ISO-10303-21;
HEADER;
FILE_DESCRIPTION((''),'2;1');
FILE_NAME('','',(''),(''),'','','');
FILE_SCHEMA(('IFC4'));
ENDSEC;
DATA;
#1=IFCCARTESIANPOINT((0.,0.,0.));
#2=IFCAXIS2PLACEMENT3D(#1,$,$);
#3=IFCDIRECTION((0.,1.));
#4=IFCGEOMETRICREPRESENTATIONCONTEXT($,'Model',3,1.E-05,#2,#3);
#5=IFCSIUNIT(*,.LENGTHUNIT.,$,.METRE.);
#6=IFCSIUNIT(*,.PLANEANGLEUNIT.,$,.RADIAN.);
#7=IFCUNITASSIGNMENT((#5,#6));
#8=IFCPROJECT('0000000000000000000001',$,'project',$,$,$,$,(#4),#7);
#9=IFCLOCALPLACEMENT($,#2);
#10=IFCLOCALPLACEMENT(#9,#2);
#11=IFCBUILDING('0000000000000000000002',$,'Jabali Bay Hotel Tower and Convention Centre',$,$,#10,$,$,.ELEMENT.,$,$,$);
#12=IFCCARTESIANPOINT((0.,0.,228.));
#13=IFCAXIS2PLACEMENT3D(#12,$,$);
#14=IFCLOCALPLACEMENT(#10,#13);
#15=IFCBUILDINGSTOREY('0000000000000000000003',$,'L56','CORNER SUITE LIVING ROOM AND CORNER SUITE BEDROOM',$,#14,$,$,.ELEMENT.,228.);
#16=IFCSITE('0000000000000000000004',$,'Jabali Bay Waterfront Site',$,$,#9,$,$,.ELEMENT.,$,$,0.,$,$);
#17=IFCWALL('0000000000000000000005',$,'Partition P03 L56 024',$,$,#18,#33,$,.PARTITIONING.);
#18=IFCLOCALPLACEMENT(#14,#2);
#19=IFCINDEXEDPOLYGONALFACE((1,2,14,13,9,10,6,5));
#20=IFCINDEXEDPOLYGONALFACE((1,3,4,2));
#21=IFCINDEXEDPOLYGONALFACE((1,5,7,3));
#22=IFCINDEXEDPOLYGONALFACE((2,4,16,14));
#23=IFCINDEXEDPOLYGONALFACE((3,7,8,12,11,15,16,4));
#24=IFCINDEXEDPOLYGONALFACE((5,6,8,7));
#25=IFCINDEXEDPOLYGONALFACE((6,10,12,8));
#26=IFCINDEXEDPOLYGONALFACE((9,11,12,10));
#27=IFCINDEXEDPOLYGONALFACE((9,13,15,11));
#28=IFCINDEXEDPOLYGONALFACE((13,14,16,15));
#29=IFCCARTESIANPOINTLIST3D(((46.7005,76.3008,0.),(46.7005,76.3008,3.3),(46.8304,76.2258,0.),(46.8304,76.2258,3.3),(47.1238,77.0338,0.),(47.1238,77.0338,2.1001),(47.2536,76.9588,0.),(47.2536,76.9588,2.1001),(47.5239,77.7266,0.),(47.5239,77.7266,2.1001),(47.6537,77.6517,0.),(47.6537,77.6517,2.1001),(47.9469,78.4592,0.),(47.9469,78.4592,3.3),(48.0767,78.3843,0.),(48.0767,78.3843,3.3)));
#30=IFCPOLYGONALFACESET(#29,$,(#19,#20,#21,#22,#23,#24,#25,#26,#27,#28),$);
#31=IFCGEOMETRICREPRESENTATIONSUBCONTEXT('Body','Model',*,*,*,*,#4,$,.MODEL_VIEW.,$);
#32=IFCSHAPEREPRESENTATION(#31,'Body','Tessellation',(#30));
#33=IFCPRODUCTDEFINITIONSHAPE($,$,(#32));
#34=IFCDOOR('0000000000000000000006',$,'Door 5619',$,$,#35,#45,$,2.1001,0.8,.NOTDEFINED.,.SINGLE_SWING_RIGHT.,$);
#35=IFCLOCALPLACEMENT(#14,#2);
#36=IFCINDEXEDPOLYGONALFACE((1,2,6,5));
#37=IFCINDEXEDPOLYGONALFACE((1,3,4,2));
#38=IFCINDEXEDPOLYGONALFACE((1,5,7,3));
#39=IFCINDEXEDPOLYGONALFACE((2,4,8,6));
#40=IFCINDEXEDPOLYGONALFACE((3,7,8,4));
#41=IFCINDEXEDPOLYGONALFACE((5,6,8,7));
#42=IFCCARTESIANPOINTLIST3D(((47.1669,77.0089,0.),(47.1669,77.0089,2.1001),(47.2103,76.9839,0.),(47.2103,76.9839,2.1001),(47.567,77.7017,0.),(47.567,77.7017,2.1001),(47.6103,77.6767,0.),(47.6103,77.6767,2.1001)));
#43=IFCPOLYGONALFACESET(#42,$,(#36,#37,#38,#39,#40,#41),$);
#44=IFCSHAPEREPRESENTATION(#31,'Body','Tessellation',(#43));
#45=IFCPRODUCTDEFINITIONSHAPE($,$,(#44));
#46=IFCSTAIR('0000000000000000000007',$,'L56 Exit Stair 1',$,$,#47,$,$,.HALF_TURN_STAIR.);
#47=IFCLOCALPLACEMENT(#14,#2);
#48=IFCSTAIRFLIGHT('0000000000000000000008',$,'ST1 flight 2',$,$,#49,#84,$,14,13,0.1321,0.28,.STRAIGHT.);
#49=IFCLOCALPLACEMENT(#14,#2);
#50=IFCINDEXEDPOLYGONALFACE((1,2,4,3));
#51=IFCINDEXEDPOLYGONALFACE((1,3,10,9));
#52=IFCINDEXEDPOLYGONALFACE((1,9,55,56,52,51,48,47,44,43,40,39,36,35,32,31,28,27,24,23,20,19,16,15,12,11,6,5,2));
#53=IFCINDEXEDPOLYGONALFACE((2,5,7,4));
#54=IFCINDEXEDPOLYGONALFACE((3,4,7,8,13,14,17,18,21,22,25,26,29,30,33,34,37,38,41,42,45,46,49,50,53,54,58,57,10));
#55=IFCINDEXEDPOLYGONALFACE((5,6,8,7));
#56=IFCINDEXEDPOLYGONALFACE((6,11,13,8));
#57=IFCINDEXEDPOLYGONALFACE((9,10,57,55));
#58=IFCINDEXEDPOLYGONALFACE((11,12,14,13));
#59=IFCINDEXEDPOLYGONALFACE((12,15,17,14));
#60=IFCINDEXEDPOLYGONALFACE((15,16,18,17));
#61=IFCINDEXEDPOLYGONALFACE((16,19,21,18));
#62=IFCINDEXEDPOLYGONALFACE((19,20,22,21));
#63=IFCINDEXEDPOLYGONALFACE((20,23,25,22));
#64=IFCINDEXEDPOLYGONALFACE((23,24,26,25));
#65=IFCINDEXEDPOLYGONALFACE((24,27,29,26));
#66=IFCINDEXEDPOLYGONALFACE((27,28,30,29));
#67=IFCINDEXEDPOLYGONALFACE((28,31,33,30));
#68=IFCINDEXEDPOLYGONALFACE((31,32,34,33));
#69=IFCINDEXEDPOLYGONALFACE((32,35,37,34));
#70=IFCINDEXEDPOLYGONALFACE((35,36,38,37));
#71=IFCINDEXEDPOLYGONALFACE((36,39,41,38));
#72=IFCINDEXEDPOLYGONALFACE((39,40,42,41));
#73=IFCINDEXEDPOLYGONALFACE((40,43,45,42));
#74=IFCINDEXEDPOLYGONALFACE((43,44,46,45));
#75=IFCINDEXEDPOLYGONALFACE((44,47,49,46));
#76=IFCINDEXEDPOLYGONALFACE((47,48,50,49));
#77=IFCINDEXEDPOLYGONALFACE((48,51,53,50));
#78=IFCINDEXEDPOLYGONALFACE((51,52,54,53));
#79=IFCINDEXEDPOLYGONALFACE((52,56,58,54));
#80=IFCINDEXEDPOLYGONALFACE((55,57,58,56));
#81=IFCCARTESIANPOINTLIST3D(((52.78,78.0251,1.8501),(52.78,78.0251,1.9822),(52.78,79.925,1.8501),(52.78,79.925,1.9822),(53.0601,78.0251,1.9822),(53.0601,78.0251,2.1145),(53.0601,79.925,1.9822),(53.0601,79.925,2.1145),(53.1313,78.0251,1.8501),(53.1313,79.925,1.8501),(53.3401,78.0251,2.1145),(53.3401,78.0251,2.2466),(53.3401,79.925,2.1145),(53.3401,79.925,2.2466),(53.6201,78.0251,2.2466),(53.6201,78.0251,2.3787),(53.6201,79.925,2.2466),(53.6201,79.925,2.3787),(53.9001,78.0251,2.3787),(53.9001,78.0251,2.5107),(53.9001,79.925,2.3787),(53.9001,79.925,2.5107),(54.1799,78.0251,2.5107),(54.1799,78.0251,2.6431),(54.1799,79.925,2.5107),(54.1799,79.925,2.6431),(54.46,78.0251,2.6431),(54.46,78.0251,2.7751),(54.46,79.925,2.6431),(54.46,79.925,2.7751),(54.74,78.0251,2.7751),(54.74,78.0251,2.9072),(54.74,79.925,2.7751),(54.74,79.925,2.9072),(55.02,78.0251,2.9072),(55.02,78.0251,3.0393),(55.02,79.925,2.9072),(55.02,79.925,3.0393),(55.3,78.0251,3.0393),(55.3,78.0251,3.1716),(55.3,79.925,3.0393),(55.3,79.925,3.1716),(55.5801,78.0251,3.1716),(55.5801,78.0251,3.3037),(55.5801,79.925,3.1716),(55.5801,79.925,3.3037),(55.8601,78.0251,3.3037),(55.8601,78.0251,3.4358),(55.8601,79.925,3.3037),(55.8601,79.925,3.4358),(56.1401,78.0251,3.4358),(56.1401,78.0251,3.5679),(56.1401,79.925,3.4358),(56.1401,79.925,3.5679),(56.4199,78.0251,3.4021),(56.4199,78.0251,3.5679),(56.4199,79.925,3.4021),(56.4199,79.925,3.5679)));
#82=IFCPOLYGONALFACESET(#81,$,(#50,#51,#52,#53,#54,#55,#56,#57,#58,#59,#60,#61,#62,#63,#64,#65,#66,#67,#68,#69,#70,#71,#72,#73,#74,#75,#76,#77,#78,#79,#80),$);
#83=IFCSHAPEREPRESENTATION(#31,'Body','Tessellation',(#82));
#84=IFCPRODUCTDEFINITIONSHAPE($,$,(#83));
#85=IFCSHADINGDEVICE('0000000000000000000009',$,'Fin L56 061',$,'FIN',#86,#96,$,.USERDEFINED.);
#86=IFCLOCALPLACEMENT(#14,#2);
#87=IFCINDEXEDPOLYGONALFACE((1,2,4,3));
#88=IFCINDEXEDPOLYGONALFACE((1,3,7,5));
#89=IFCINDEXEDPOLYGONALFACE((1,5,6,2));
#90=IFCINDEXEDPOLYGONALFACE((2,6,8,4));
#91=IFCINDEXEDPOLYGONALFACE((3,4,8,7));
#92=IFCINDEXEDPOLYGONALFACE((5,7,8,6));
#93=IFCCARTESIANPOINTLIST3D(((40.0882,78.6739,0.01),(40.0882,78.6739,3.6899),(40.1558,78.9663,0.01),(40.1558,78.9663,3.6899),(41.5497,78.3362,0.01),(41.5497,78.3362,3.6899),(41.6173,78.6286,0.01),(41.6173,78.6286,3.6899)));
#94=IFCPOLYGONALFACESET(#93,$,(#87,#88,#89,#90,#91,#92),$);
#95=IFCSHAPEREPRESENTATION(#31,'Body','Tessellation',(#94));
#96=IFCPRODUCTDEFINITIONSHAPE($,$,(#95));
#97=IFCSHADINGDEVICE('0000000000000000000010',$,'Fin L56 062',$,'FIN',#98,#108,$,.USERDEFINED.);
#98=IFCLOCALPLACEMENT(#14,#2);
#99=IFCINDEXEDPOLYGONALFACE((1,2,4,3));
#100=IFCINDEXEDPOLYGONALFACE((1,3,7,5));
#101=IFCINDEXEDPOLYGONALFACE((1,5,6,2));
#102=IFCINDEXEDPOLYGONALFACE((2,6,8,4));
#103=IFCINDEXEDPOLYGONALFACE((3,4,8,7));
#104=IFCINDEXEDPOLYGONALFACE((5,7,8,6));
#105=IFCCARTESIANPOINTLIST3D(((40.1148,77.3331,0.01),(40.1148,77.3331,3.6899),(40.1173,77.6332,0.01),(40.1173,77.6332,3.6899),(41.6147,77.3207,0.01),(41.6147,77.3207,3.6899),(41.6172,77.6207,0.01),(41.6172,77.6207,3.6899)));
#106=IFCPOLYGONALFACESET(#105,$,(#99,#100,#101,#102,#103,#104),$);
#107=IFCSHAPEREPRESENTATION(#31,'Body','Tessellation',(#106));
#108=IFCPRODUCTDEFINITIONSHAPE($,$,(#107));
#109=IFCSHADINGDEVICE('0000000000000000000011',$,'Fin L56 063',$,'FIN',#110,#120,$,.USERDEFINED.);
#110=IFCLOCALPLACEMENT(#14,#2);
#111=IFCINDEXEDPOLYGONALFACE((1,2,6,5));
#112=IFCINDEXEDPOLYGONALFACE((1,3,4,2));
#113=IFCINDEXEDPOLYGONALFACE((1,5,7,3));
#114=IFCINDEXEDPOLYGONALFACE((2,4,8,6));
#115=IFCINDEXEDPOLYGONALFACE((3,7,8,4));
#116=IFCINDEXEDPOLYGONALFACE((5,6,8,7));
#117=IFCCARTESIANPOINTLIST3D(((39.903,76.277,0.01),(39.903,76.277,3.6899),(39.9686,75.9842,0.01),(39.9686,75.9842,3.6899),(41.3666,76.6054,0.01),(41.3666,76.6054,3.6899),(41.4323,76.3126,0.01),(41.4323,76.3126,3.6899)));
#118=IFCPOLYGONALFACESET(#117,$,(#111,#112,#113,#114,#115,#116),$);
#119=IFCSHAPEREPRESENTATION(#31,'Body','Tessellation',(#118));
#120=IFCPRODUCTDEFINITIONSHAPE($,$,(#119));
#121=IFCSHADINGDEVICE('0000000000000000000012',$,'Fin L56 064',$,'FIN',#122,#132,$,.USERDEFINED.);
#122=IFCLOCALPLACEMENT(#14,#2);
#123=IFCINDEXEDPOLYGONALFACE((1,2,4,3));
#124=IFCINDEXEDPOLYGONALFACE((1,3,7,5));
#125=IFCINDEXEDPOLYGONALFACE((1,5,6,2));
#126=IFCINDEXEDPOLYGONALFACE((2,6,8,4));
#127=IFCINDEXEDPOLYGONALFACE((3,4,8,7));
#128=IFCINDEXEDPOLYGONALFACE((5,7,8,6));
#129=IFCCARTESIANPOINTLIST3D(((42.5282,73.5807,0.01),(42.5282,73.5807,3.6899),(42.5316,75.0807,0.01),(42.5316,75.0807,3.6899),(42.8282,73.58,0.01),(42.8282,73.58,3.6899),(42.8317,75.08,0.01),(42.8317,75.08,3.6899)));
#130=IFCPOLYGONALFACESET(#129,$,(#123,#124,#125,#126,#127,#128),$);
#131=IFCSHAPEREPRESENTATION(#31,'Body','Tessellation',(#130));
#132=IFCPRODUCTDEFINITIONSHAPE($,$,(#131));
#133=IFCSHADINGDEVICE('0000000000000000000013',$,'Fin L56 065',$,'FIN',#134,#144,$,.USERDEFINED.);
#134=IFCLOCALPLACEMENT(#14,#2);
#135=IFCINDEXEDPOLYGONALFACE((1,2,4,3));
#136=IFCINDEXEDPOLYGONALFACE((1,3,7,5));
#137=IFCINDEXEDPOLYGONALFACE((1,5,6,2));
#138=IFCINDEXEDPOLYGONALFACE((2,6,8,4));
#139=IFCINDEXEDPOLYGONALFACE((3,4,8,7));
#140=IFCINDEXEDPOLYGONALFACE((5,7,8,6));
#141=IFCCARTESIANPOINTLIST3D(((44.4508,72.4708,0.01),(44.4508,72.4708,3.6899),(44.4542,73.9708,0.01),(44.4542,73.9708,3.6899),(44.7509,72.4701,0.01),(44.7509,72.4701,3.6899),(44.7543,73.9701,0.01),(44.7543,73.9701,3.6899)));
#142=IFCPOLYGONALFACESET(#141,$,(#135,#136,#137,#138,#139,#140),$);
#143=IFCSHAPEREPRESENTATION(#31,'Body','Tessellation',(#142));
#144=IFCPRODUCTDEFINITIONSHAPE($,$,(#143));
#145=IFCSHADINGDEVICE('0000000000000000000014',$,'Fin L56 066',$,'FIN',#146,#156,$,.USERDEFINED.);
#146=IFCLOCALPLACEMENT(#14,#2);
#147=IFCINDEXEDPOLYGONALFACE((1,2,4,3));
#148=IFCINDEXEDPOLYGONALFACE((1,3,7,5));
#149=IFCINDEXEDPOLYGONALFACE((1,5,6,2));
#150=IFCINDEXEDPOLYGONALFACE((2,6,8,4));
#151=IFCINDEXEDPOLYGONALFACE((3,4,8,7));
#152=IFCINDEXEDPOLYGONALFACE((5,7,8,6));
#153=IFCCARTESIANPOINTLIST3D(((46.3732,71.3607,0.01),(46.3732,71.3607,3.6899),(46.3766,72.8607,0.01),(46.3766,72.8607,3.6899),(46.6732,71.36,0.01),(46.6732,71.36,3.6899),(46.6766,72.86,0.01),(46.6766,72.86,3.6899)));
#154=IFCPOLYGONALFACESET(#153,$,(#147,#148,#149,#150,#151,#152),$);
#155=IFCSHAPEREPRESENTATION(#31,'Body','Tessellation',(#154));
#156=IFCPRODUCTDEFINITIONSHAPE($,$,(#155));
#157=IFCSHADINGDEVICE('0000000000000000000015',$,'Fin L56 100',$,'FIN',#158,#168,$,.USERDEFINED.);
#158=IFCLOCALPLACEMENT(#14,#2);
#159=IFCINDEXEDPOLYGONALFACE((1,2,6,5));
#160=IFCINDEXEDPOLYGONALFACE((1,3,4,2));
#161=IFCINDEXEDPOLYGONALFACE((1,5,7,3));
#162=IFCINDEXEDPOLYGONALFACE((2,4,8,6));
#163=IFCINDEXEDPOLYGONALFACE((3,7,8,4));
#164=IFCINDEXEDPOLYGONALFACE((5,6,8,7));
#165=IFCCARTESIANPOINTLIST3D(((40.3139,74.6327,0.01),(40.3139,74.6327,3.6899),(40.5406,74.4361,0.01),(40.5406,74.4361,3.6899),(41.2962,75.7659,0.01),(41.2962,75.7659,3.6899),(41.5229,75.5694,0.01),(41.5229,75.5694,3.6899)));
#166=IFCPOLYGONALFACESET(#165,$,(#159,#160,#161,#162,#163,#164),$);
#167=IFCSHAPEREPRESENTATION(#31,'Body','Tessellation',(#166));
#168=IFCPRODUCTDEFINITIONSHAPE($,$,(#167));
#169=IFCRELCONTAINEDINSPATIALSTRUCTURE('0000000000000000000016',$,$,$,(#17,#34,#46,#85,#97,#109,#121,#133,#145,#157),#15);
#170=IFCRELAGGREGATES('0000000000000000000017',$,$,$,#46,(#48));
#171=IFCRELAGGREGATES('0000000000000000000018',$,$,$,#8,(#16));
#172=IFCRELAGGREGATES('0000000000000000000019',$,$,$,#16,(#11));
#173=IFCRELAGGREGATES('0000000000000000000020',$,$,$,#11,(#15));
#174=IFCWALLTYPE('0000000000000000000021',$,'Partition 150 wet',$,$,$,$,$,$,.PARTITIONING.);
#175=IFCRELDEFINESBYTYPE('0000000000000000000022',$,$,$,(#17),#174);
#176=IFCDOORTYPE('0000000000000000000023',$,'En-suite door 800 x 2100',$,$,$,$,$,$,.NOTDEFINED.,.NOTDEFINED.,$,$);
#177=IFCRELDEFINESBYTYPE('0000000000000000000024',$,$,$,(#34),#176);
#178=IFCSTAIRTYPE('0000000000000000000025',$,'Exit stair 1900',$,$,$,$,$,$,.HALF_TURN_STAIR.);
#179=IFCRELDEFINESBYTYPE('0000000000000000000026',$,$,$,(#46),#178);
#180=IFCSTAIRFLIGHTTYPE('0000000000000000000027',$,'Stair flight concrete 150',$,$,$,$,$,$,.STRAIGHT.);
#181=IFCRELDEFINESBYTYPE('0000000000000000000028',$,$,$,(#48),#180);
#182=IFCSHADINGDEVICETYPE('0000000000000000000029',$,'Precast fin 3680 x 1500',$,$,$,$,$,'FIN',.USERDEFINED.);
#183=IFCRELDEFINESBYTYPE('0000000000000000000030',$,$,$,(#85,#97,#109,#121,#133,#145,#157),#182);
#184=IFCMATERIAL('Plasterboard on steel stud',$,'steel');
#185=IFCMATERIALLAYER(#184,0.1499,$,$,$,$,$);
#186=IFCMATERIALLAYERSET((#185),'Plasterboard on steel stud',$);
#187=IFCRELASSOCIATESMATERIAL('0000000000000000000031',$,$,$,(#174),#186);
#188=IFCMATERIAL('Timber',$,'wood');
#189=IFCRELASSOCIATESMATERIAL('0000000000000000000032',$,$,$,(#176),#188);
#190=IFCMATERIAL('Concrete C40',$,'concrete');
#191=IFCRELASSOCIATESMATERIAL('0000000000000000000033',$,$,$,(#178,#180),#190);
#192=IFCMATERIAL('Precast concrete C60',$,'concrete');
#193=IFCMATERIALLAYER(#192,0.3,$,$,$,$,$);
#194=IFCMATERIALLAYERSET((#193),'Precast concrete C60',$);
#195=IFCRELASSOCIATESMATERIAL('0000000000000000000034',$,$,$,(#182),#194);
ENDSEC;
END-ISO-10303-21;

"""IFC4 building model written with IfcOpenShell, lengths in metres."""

from ifc_helpers import new_model, si_unit, direction, frame, frame_2d, origin, place, context, subcontext, project, spatial, polyline, rectangle, outline, extrude, material, layer, layer_set, type_object, element, fill, aggregate, save


model = new_model("IFC4")

# Units and contexts
model_context = context("Model", 3, precision=1e-05, world=origin(), true_north=direction((0.0, 1.0)))
body_context = subcontext(model_context, "Body", "Model", "MODEL_VIEW")
ifc_project = project(units=[si_unit("LENGTHUNIT", "METRE"), si_unit("PLANEANGLEUNIT", "RADIAN")], contexts=[model_context])

# Site, building, storey
site_placement = place(None, origin())
site = spatial("IfcSite", under=ifc_project, at=site_placement, Name="Jabali Bay Waterfront Site", CompositionType="ELEMENT", RefElevation=0.0)
building_placement = place(site_placement, origin())
building = spatial("IfcBuilding", under=site, at=building_placement, Name="Jabali Bay Hotel Tower and Convention Centre", CompositionType="ELEMENT")
storey_placement = place(building_placement, frame((0.0, 0.0, 228.0)))
storey = spatial("IfcBuildingStorey", under=building, at=storey_placement, Name="L56", Description="CORNER SUITE LIVING ROOM AND CORNER SUITE BEDROOM", CompositionType="ELEMENT", Elevation=228.0)

# Shared definitions
ifc_material_1 = material(Name="Concrete C40", Category="concrete")

# Wall, opening, door
ifc_material_2 = material(Name="Plasterboard on steel stud", Category="steel")
ifc_layer_1 = layer(ifc_material_2, 0.1499)
ifc_layer_set_1 = layer_set([ifc_layer_1], Name="Plasterboard on steel stud")
wall_type_1 = type_object("IfcWallType", Name="Partition 150 wet", PredefinedType="PARTITIONING", material=ifc_layer_set_1)
wall_1_placement = place(storey_placement, frame((48.0117, 78.4216, 0.0), z_axis=(0.0, 0.0, 1.0), x_axis=(-0.500047, -0.865998, 0.0)))
wall_1 = element("IfcWall", 1, at=wall_1_placement, inside=storey, type_object=wall_type_1, Name="Partition P03 L56 024", PredefinedType="PARTITIONING", context=body_context, shape_type="SweptSolid", body=[
    extrude(rectangle(XDim=2.4924, YDim=0.1499, at=frame_2d((1.2461, 0.0))), origin(), (0.0, 0.0, 1.0), 3.3),
])
opening_1_placement = place(wall_1_placement, frame((0.8459, 0.0, 0.0)))
opening_1 = element("IfcOpeningElement", 2, at=opening_1_placement, cuts=wall_1, PredefinedType="OPENING", context=body_context, shape_type="SweptSolid", body=[
    extrude(rectangle(XDim=0.8, YDim=2.1001, at=frame_2d((0.3999, 1.05))), frame((0.0, 0.0854, 0.0), z_axis=(0.0, -1.0, 0.0), x_axis=(1.0, 0.0, 0.0)), (0.0, 0.0, 1.0), 0.1709),
])
ifc_material_3 = material(Name="Timber", Category="wood")
door_type_1 = type_object("IfcDoorType", Name="En-suite door 800 x 2100", OperationType="NOTDEFINED", PredefinedType="NOTDEFINED", material=ifc_material_3)
door_1_placement = place(opening_1_placement, origin())
door_1 = element("IfcDoor", 3, at=door_1_placement, inside=storey, type_object=door_type_1, Name="Door 5619", OperationType="SINGLE_SWING_RIGHT", OverallHeight=2.1001, OverallWidth=0.8, PredefinedType="NOTDEFINED", context=body_context, shape_type="SweptSolid", body=[
    extrude(rectangle(XDim=0.8, YDim=2.1001, at=frame_2d((0.3999, 1.05))), frame((0.0, 0.0249, 0.0), z_axis=(0.0, -1.0, 0.0), x_axis=(1.0, 0.0, 0.0)), (0.0, 0.0, 1.0), 0.05),
])
fill(opening_1, door_1)

# Stair, stair flight
stair_type = type_object("IfcStairType", Name="Exit stair 1900", PredefinedType="HALF_TURN_STAIR", material=ifc_material_1)
stair_placement = place(storey_placement, origin())
stair = element("IfcStair", 4, at=stair_placement, inside=storey, type_object=stair_type, Name="L56 Exit Stair 1", PredefinedType="HALF_TURN_STAIR")
stair_flight_type = type_object("IfcStairFlightType", Name="Stair flight concrete 150", PredefinedType="STRAIGHT", material=ifc_material_1)
stair_flight_placement = place(storey_placement, frame((52.78, 78.9751, 1.8501), z_axis=(0.0, 0.0, 1.0), x_axis=(1.0, 0.0, 0.0)))
stair_flight = element("IfcStairFlight", 5, at=stair_flight_placement, type_object=stair_flight_type, Name="ST1 flight 2", NumberOfRisers=14, NumberOfTreads=13, PredefinedType="STRAIGHT", RiserHeight=0.1321, TreadLength=0.28, context=body_context, shape_type="SweptSolid", body=[
    extrude(outline(polyline([(0.0, 0.0), (0.0, 0.1321), (0.28, 0.1321), (0.28, 0.2644), (0.5601, 0.2644), (0.5601, 0.3965), (0.8401, 0.3965), (0.8401, 0.5286), (1.1201, 0.5286), (1.1201, 0.6606), (1.3999, 0.6606), (1.3999, 0.793), (1.6799, 0.793), (1.6799, 0.925), (1.96, 0.925), (1.96, 1.0571), (2.24, 1.0571), (2.24, 1.1892), (2.52, 1.1892), (2.52, 1.3215), (2.8, 1.3215), (2.8, 1.4536), (3.0801, 1.4536), (3.0801, 1.5857), (3.3601, 1.5857), (3.3601, 1.7178), (3.6399, 1.7178), (3.6399, 1.8501), (3.6399, 1.552), (0.3513, 0.0), (0.0, 0.0)])), frame((0.0, 0.95, 0.0), z_axis=(0.0, -1.0, 0.0), x_axis=(1.0, 0.0, 0.0)), (0.0, 0.0, 1.0), 1.8999),
])
aggregate(stair, [stair_flight])

# Shading devices
ifc_material_4 = material(Name="Precast concrete C60", Category="concrete")
ifc_layer_2 = layer(ifc_material_4, 0.3)
ifc_layer_set_2 = layer_set([ifc_layer_2], Name="Precast concrete C60")
shading_device_type = type_object("IfcShadingDeviceType", Name="Precast fin 3680 x 1500", ElementType="FIN", PredefinedType="USERDEFINED", material=ifc_layer_set_2)
for number, where, z_axis, x_axis, name in (
    (6, (41.5835, 78.4824, 0.01), (0.0, 0.0, 1.0), (-0.974334, 0.225109, 0.0), "Fin L56 061"),
    (7, (41.616, 77.4707, 0.01), (0.0, 0.0, 1.0), (-0.999966, 0.0083, 0.0), "Fin L56 062"),
    (8, (41.3994, 76.459, 0.01), (0.0, 0.0, 1.0), (-0.975745, -0.218912, 0.0), "Fin L56 063"),
    (9, (42.6816, 75.0803, 0.01), (0.0, 0.0, 1.0), (-0.002279, -0.999997, 0.0), "Fin L56 064"),
    (10, (44.6042, 73.9705, 0.01), (0.0, 0.0, 1.0), (-0.002279, -0.999997, 0.0), "Fin L56 065"),
    (11, (46.5266, 72.8604, 0.01), (0.0, 0.0, 1.0), (-0.002279, -0.999997, 0.0), "Fin L56 066"),
):
    element("IfcShadingDevice", number, at=place(storey_placement, frame(where, z_axis=z_axis, x_axis=x_axis)), inside=storey, type_object=shading_device_type, Name=name, ObjectType="FIN", PredefinedType="USERDEFINED", context=body_context, shape_type="SweptSolid", body=[
        extrude(rectangle(XDim=1.5, YDim=0.3, at=frame_2d((0.75, 0.0))), origin(), (0.0, 0.0, 1.0), 3.6799),
    ])
shading_device_placement = place(storey_placement, frame((41.4097, 75.6677, 0.01), z_axis=(0.0, 0.0, 1.0), x_axis=(-0.655017, -0.755614, 0.0)))
element("IfcShadingDevice", 12, at=shading_device_placement, inside=storey, type_object=shading_device_type, Name="Fin L56 100", ObjectType="FIN", PredefinedType="USERDEFINED", context=body_context, shape_type="SweptSolid", body=[
    extrude(rectangle(XDim=1.4998, YDim=0.3, at=frame_2d((0.75, 0.0))), origin(), (0.0, 0.0, 1.0), 3.6799),
])

save(model, "model.ifc")
